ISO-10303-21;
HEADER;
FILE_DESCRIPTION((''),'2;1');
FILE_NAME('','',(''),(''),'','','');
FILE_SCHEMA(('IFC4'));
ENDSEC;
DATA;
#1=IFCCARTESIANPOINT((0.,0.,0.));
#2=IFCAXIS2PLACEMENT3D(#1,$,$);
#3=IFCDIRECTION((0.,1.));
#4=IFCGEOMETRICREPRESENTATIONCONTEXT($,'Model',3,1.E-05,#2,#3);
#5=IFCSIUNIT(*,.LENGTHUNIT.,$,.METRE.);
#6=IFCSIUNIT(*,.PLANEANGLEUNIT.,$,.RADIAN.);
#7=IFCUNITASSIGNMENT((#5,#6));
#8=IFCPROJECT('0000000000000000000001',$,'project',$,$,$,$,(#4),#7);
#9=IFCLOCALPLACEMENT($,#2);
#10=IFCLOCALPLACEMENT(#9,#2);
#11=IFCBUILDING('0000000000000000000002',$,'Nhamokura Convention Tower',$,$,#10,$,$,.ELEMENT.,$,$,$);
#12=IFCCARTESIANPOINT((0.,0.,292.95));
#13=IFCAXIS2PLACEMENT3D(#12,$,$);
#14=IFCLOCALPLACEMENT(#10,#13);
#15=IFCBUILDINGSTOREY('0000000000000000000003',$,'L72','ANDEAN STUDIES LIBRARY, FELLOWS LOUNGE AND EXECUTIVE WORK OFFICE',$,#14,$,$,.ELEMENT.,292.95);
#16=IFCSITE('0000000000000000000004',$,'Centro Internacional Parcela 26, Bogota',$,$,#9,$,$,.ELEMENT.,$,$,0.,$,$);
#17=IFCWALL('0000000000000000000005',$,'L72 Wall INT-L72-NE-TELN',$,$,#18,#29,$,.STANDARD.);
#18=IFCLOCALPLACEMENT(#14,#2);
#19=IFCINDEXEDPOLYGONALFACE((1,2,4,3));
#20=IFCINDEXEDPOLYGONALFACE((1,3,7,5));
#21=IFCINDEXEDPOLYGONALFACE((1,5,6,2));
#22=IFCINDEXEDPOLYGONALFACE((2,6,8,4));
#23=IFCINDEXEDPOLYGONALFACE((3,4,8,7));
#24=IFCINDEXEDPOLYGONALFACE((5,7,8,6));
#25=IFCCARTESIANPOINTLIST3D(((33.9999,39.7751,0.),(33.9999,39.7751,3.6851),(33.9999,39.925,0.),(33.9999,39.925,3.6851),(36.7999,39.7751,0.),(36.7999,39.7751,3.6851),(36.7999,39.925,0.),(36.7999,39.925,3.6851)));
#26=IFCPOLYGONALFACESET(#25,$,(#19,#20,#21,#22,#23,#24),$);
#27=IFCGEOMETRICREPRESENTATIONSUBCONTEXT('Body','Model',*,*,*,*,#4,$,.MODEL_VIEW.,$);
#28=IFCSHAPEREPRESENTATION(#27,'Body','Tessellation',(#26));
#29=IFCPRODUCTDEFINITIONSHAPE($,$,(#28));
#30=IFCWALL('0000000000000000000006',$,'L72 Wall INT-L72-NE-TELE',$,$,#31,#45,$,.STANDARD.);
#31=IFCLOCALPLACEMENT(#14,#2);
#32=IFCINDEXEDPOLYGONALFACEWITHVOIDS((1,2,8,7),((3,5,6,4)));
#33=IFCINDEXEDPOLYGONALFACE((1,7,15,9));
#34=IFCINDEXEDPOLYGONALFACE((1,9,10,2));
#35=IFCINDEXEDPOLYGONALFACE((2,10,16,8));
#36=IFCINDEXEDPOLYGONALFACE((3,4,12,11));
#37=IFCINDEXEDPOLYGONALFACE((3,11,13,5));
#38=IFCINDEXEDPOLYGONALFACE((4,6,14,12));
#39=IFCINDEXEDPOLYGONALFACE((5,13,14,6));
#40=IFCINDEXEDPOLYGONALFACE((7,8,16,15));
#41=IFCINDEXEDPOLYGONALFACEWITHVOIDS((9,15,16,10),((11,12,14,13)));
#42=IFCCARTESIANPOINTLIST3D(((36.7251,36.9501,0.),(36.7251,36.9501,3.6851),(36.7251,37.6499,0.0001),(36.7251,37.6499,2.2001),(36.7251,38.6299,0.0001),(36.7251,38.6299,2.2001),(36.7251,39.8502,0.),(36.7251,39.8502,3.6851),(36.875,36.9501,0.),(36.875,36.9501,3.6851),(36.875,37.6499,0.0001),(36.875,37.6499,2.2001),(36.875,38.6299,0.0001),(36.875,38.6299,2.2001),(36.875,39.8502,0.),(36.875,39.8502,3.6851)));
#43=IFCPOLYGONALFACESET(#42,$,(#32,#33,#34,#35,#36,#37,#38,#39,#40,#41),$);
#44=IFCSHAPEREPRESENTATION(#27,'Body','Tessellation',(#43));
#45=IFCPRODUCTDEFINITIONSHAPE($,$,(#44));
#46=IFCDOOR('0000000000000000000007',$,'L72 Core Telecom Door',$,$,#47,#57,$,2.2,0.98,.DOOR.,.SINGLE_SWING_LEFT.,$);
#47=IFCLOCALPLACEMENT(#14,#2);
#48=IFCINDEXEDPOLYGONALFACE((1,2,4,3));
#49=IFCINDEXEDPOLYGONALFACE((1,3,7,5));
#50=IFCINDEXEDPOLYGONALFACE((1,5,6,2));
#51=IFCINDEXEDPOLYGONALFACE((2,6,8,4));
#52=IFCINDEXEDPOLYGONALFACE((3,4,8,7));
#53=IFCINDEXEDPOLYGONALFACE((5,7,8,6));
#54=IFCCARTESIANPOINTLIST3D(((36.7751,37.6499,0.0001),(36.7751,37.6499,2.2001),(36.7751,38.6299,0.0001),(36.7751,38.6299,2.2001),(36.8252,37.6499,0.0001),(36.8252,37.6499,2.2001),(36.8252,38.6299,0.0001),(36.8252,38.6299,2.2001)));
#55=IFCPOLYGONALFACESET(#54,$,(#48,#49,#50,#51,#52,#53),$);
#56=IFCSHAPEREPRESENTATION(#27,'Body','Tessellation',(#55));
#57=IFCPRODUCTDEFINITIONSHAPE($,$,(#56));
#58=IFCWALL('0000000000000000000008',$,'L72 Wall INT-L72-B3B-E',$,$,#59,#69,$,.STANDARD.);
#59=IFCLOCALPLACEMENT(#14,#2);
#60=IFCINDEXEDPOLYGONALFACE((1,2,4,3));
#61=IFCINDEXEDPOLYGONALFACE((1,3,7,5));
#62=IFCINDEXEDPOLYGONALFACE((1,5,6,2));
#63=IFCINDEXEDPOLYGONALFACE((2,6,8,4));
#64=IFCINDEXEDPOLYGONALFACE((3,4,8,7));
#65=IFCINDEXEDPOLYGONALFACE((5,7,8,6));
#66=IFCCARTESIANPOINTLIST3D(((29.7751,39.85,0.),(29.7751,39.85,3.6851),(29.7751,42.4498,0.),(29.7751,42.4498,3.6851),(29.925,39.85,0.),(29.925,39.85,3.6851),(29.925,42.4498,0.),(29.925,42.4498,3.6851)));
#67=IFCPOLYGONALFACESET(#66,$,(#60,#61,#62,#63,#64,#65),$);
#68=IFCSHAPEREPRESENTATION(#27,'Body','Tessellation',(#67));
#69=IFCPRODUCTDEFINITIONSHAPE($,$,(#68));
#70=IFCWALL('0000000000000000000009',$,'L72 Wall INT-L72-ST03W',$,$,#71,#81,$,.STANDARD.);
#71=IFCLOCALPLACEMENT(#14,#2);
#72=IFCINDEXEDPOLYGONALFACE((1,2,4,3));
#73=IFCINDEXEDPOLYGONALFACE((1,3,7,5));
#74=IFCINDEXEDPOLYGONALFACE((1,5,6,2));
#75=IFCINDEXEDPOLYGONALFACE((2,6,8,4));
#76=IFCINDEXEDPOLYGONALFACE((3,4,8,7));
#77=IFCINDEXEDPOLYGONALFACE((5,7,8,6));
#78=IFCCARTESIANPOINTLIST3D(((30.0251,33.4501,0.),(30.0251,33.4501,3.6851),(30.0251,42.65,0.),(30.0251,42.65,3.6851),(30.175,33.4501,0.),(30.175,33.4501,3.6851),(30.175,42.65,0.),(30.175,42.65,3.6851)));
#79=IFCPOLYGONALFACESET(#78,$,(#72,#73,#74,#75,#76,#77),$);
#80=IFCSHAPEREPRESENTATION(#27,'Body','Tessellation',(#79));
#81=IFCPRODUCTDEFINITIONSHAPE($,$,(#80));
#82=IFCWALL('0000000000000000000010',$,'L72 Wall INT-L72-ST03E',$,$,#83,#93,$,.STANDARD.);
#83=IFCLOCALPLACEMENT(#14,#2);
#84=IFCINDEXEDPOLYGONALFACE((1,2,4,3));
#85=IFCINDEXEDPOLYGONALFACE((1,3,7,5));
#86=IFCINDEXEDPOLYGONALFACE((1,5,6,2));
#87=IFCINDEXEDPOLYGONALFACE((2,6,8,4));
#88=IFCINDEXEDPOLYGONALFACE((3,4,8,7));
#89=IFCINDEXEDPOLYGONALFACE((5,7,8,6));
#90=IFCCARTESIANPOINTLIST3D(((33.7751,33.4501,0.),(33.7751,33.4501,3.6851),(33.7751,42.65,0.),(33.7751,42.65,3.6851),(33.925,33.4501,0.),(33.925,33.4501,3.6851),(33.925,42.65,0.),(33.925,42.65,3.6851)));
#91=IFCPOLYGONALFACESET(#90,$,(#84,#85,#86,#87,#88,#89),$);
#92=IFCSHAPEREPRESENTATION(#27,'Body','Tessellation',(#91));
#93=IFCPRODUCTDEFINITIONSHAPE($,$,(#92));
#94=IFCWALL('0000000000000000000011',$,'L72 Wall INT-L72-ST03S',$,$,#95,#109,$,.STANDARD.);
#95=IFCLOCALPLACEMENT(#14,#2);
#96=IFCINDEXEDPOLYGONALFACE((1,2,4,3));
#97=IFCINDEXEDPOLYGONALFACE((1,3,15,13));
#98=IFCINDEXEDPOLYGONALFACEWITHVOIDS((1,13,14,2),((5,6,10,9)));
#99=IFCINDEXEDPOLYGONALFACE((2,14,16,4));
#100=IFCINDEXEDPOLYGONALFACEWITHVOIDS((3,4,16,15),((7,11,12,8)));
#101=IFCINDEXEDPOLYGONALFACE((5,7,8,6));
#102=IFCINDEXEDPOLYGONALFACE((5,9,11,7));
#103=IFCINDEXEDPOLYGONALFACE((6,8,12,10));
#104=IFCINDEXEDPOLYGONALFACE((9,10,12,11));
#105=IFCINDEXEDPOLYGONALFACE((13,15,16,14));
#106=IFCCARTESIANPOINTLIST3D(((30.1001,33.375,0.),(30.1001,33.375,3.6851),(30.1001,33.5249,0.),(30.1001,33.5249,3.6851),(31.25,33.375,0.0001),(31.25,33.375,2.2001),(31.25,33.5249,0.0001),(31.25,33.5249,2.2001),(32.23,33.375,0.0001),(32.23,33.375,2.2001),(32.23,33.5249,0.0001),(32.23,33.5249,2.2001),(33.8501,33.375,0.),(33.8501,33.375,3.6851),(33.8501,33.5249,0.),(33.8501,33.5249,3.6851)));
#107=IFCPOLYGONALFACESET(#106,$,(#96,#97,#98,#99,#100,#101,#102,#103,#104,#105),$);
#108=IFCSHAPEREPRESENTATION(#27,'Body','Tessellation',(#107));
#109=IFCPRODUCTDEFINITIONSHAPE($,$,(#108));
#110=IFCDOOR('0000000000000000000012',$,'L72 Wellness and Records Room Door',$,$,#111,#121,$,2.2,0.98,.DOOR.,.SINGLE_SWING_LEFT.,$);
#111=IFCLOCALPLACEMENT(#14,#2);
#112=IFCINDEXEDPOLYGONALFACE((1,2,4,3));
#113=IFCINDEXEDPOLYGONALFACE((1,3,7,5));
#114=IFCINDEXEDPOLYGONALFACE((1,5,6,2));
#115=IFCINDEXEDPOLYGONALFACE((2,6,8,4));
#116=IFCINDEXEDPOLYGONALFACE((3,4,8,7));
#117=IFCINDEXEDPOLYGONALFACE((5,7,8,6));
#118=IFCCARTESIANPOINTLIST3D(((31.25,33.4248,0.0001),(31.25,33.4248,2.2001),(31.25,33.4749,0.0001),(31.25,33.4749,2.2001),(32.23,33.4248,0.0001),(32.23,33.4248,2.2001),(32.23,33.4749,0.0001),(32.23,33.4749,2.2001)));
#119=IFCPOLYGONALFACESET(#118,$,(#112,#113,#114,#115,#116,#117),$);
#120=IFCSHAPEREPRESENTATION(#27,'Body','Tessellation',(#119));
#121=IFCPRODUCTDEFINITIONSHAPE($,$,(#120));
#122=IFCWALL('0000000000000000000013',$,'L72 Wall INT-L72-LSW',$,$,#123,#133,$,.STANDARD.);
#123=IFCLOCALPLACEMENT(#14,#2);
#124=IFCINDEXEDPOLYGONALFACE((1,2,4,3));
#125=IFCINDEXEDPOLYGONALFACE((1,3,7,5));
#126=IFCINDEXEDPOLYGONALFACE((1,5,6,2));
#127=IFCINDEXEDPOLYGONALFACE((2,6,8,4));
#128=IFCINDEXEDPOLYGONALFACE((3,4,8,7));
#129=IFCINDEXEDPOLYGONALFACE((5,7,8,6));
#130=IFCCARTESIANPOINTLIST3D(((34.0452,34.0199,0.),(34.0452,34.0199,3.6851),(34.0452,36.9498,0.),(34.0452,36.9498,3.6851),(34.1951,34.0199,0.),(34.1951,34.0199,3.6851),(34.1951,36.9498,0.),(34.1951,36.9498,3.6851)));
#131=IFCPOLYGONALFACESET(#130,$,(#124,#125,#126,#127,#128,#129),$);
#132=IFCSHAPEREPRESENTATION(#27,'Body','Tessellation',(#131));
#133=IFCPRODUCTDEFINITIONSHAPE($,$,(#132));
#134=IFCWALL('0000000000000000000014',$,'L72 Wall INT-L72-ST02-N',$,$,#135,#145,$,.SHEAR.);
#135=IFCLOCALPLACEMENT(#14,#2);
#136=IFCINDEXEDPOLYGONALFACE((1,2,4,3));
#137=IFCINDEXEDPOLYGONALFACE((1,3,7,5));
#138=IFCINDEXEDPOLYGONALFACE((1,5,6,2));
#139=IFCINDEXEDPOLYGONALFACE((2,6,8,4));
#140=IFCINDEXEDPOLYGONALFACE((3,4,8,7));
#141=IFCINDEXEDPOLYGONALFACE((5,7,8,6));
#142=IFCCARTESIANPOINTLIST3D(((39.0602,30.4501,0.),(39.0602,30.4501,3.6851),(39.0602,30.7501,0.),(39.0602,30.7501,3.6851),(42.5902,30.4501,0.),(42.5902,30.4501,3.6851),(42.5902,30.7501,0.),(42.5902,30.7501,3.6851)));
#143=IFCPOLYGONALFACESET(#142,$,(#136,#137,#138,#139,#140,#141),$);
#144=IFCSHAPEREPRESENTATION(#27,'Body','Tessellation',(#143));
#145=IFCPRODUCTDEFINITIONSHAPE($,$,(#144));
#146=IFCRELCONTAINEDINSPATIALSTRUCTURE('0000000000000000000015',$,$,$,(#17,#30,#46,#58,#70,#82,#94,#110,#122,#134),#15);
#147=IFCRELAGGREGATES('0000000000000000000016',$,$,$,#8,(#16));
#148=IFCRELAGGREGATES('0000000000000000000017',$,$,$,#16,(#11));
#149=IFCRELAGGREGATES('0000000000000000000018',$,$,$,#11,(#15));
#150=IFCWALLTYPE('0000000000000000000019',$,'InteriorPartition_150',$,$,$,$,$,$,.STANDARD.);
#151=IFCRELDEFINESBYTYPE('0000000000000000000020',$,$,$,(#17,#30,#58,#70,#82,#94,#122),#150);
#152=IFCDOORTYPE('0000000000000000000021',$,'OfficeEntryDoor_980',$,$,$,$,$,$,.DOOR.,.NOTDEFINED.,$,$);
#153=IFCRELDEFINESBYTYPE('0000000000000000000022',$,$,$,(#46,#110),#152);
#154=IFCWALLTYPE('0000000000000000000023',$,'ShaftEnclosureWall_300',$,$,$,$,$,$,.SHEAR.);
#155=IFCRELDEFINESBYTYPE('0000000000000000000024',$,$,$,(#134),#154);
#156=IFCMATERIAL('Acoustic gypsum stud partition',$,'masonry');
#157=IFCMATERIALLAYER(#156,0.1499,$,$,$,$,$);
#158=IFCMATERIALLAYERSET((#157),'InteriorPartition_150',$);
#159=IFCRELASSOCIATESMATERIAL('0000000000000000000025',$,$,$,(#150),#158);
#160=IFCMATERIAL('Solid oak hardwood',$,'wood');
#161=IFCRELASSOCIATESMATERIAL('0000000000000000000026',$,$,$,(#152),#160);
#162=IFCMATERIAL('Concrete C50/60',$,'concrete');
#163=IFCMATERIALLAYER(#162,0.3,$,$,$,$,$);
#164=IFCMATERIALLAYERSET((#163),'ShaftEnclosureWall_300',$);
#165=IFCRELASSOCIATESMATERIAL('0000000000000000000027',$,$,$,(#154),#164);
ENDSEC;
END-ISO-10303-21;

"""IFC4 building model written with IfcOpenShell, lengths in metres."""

from ifc_helpers import new_model, si_unit, direction, frame, frame_2d, origin, place, context, subcontext, project, spatial, rectangle, extrude, material, layer, layer_set, type_object, element, fill, save


model = new_model("IFC4")

# Units and contexts
model_context = context("Model", 3, precision=1e-05, world=origin(), true_north=direction((0.0, 1.0)))
body_context = subcontext(model_context, "Body", "Model", "MODEL_VIEW")
ifc_project = project(units=[si_unit("LENGTHUNIT", "METRE"), si_unit("PLANEANGLEUNIT", "RADIAN")], contexts=[model_context])

# Site, building, storey
site_placement = place(None, origin())
site = spatial("IfcSite", under=ifc_project, at=site_placement, Name="Centro Internacional Parcela 26, Bogota", CompositionType="ELEMENT", RefElevation=0.0)
building_placement = place(site_placement, origin())
building = spatial("IfcBuilding", under=site, at=building_placement, Name="Nhamokura Convention Tower", CompositionType="ELEMENT")
storey_placement = place(building_placement, frame((0.0, 0.0, 292.95)))
storey = spatial("IfcBuildingStorey", under=building, at=storey_placement, Name="L72", Description="ANDEAN STUDIES LIBRARY, FELLOWS LOUNGE AND EXECUTIVE WORK OFFICE", CompositionType="ELEMENT", Elevation=292.95)

# Wall
ifc_material_1 = material(Name="Acoustic gypsum stud partition", Category="masonry")
ifc_layer_1 = layer(ifc_material_1, 0.1499)
ifc_layer_set_1 = layer_set([ifc_layer_1], Name="InteriorPartition_150")
wall_type_1 = type_object("IfcWallType", Name="InteriorPartition_150", PredefinedType="STANDARD", material=ifc_layer_set_1)
wall_1_placement = place(storey_placement, frame((34.0, 39.8501, 0.0), z_axis=(0.0, 0.0, 1.0), x_axis=(1.0, 0.0, 0.0)))
element("IfcWall", 1, at=wall_1_placement, inside=storey, type_object=wall_type_1, Name="L72 Wall INT-L72-NE-TELN", PredefinedType="STANDARD", context=body_context, shape_type="SweptSolid", body=[
    extrude(rectangle(XDim=2.8, YDim=0.1499, at=frame_2d((1.3999, 0.0))), origin(), (0.0, 0.0, 1.0), 3.6851),
])

# Wall, opening, door
wall_2_placement = place(storey_placement, frame((36.8, 36.95, 0.0), z_axis=(0.0, 0.0, 1.0), x_axis=(0.0, 1.0, 0.0)))
wall_2 = element("IfcWall", 2, at=wall_2_placement, inside=storey, type_object=wall_type_1, Name="L72 Wall INT-L72-NE-TELE", PredefinedType="STANDARD", context=body_context, shape_type="SweptSolid", body=[
    extrude(rectangle(XDim=2.9001, YDim=0.1499, at=frame_2d((1.4502, 0.0))), origin(), (0.0, 0.0, 1.0), 3.6851),
])
opening_1_placement = place(wall_2_placement, frame((0.7, 0.0, 0.0)))
opening_1 = element("IfcOpeningElement", 3, at=opening_1_placement, cuts=wall_2, PredefinedType="OPENING", context=body_context, shape_type="SweptSolid", body=[
    extrude(rectangle(XDim=0.98, YDim=2.2, at=frame_2d((0.49, 1.1001))), frame((0.0, 0.085, 0.0), z_axis=(0.0, -1.0, 0.0), x_axis=(1.0, 0.0, 0.0)), (0.0, 0.0, 1.0), 0.1699),
])
ifc_material_2 = material(Name="Solid oak hardwood", Category="wood")
door_type_1 = type_object("IfcDoorType", Name="OfficeEntryDoor_980", OperationType="NOTDEFINED", PredefinedType="DOOR", material=ifc_material_2)
door_1_placement = place(opening_1_placement, origin())
door_1 = element("IfcDoor", 4, at=door_1_placement, inside=storey, type_object=door_type_1, Name="L72 Core Telecom Door", OperationType="SINGLE_SWING_LEFT", OverallHeight=2.2, OverallWidth=0.98, PredefinedType="DOOR", context=body_context, shape_type="SweptSolid", body=[
    extrude(rectangle(XDim=0.98, YDim=2.2, at=frame_2d((0.49, 1.1001))), frame((0.0, 0.0249, 0.0), z_axis=(0.0, -1.0, 0.0), x_axis=(1.0, 0.0, 0.0)), (0.0, 0.0, 1.0), 0.05),
])
fill(opening_1, door_1)

# Walls
wall_3_placement = place(storey_placement, frame((29.8501, 39.8501, 0.0), z_axis=(0.0, 0.0, 1.0), x_axis=(0.0, 1.0, 0.0)))
element("IfcWall", 5, at=wall_3_placement, inside=storey, type_object=wall_type_1, Name="L72 Wall INT-L72-B3B-E", PredefinedType="STANDARD", context=body_context, shape_type="SweptSolid", body=[
    extrude(rectangle(XDim=2.5999, YDim=0.1499, at=frame_2d((1.2998, 0.0))), origin(), (0.0, 0.0, 1.0), 3.6851),
])
for number, where, z_axis, x_axis, name in (
    (6, (30.1001, 33.45, 0.0), (0.0, 0.0, 1.0), (0.0, 1.0, 0.0), "L72 Wall INT-L72-ST03W"),
    (7, (33.8501, 33.45, 0.0), (0.0, 0.0, 1.0), (0.0, 1.0, 0.0), "L72 Wall INT-L72-ST03E"),
):
    element("IfcWall", number, at=place(storey_placement, frame(where, z_axis=z_axis, x_axis=x_axis)), inside=storey, type_object=wall_type_1, Name=name, PredefinedType="STANDARD", context=body_context, shape_type="SweptSolid", body=[
        extrude(rectangle(XDim=9.2, YDim=0.1499, at=frame_2d((4.6001, 0.0))), origin(), (0.0, 0.0, 1.0), 3.6851),
    ])

# Wall, opening, door
wall_4_placement = place(storey_placement, frame((30.1001, 33.45, 0.0), z_axis=(0.0, 0.0, 1.0), x_axis=(1.0, 0.0, 0.0)))
wall_4 = element("IfcWall", 8, at=wall_4_placement, inside=storey, type_object=wall_type_1, Name="L72 Wall INT-L72-ST03S", PredefinedType="STANDARD", context=body_context, shape_type="SweptSolid", body=[
    extrude(rectangle(XDim=3.75, YDim=0.1499, at=frame_2d((1.875, 0.0))), origin(), (0.0, 0.0, 1.0), 3.6851),
])
opening_2_placement = place(wall_4_placement, frame((1.1499, 0.0, 0.0)))
opening_2 = element("IfcOpeningElement", 9, at=opening_2_placement, cuts=wall_4, PredefinedType="OPENING", context=body_context, shape_type="SweptSolid", body=[
    extrude(rectangle(XDim=0.98, YDim=2.2, at=frame_2d((0.49, 1.1001))), frame((0.0, 0.085, 0.0), z_axis=(0.0, -1.0, 0.0), x_axis=(1.0, 0.0, 0.0)), (0.0, 0.0, 1.0), 0.1699),
])
door_2_placement = place(opening_2_placement, origin())
door_2 = element("IfcDoor", 10, at=door_2_placement, inside=storey, type_object=door_type_1, Name="L72 Wellness and Records Room Door", OperationType="SINGLE_SWING_LEFT", OverallHeight=2.2, OverallWidth=0.98, PredefinedType="DOOR", context=body_context, shape_type="SweptSolid", body=[
    extrude(rectangle(XDim=0.98, YDim=2.2, at=frame_2d((0.49, 1.1001))), frame((0.0, 0.0249, 0.0), z_axis=(0.0, -1.0, 0.0), x_axis=(1.0, 0.0, 0.0)), (0.0, 0.0, 1.0), 0.05),
])
fill(opening_2, door_2)

# Walls
wall_5_placement = place(storey_placement, frame((34.1201, 34.02, 0.0), z_axis=(0.0, 0.0, 1.0), x_axis=(0.0, 1.0, 0.0)))
element("IfcWall", 11, at=wall_5_placement, inside=storey, type_object=wall_type_1, Name="L72 Wall INT-L72-LSW", PredefinedType="STANDARD", context=body_context, shape_type="SweptSolid", body=[
    extrude(rectangle(XDim=2.9299, YDim=0.1499, at=frame_2d((1.4648, 0.0))), origin(), (0.0, 0.0, 1.0), 3.6851),
])
ifc_material_3 = material(Name="Concrete C50/60", Category="concrete")
ifc_layer_2 = layer(ifc_material_3, 0.3)
ifc_layer_set_2 = layer_set([ifc_layer_2], Name="ShaftEnclosureWall_300")
wall_type_2 = type_object("IfcWallType", Name="ShaftEnclosureWall_300", PredefinedType="SHEAR", material=ifc_layer_set_2)
wall_6_placement = place(storey_placement, frame((39.0601, 30.6001, 0.0), z_axis=(0.0, 0.0, 1.0), x_axis=(1.0, 0.0, 0.0)))
element("IfcWall", 12, at=wall_6_placement, inside=storey, type_object=wall_type_2, Name="L72 Wall INT-L72-ST02-N", PredefinedType="SHEAR", context=body_context, shape_type="SweptSolid", body=[
    extrude(rectangle(XDim=3.53, YDim=0.3, at=frame_2d((1.7651, 0.0))), origin(), (0.0, 0.0, 1.0), 3.6851),
])

save(model, "model.ifc")
